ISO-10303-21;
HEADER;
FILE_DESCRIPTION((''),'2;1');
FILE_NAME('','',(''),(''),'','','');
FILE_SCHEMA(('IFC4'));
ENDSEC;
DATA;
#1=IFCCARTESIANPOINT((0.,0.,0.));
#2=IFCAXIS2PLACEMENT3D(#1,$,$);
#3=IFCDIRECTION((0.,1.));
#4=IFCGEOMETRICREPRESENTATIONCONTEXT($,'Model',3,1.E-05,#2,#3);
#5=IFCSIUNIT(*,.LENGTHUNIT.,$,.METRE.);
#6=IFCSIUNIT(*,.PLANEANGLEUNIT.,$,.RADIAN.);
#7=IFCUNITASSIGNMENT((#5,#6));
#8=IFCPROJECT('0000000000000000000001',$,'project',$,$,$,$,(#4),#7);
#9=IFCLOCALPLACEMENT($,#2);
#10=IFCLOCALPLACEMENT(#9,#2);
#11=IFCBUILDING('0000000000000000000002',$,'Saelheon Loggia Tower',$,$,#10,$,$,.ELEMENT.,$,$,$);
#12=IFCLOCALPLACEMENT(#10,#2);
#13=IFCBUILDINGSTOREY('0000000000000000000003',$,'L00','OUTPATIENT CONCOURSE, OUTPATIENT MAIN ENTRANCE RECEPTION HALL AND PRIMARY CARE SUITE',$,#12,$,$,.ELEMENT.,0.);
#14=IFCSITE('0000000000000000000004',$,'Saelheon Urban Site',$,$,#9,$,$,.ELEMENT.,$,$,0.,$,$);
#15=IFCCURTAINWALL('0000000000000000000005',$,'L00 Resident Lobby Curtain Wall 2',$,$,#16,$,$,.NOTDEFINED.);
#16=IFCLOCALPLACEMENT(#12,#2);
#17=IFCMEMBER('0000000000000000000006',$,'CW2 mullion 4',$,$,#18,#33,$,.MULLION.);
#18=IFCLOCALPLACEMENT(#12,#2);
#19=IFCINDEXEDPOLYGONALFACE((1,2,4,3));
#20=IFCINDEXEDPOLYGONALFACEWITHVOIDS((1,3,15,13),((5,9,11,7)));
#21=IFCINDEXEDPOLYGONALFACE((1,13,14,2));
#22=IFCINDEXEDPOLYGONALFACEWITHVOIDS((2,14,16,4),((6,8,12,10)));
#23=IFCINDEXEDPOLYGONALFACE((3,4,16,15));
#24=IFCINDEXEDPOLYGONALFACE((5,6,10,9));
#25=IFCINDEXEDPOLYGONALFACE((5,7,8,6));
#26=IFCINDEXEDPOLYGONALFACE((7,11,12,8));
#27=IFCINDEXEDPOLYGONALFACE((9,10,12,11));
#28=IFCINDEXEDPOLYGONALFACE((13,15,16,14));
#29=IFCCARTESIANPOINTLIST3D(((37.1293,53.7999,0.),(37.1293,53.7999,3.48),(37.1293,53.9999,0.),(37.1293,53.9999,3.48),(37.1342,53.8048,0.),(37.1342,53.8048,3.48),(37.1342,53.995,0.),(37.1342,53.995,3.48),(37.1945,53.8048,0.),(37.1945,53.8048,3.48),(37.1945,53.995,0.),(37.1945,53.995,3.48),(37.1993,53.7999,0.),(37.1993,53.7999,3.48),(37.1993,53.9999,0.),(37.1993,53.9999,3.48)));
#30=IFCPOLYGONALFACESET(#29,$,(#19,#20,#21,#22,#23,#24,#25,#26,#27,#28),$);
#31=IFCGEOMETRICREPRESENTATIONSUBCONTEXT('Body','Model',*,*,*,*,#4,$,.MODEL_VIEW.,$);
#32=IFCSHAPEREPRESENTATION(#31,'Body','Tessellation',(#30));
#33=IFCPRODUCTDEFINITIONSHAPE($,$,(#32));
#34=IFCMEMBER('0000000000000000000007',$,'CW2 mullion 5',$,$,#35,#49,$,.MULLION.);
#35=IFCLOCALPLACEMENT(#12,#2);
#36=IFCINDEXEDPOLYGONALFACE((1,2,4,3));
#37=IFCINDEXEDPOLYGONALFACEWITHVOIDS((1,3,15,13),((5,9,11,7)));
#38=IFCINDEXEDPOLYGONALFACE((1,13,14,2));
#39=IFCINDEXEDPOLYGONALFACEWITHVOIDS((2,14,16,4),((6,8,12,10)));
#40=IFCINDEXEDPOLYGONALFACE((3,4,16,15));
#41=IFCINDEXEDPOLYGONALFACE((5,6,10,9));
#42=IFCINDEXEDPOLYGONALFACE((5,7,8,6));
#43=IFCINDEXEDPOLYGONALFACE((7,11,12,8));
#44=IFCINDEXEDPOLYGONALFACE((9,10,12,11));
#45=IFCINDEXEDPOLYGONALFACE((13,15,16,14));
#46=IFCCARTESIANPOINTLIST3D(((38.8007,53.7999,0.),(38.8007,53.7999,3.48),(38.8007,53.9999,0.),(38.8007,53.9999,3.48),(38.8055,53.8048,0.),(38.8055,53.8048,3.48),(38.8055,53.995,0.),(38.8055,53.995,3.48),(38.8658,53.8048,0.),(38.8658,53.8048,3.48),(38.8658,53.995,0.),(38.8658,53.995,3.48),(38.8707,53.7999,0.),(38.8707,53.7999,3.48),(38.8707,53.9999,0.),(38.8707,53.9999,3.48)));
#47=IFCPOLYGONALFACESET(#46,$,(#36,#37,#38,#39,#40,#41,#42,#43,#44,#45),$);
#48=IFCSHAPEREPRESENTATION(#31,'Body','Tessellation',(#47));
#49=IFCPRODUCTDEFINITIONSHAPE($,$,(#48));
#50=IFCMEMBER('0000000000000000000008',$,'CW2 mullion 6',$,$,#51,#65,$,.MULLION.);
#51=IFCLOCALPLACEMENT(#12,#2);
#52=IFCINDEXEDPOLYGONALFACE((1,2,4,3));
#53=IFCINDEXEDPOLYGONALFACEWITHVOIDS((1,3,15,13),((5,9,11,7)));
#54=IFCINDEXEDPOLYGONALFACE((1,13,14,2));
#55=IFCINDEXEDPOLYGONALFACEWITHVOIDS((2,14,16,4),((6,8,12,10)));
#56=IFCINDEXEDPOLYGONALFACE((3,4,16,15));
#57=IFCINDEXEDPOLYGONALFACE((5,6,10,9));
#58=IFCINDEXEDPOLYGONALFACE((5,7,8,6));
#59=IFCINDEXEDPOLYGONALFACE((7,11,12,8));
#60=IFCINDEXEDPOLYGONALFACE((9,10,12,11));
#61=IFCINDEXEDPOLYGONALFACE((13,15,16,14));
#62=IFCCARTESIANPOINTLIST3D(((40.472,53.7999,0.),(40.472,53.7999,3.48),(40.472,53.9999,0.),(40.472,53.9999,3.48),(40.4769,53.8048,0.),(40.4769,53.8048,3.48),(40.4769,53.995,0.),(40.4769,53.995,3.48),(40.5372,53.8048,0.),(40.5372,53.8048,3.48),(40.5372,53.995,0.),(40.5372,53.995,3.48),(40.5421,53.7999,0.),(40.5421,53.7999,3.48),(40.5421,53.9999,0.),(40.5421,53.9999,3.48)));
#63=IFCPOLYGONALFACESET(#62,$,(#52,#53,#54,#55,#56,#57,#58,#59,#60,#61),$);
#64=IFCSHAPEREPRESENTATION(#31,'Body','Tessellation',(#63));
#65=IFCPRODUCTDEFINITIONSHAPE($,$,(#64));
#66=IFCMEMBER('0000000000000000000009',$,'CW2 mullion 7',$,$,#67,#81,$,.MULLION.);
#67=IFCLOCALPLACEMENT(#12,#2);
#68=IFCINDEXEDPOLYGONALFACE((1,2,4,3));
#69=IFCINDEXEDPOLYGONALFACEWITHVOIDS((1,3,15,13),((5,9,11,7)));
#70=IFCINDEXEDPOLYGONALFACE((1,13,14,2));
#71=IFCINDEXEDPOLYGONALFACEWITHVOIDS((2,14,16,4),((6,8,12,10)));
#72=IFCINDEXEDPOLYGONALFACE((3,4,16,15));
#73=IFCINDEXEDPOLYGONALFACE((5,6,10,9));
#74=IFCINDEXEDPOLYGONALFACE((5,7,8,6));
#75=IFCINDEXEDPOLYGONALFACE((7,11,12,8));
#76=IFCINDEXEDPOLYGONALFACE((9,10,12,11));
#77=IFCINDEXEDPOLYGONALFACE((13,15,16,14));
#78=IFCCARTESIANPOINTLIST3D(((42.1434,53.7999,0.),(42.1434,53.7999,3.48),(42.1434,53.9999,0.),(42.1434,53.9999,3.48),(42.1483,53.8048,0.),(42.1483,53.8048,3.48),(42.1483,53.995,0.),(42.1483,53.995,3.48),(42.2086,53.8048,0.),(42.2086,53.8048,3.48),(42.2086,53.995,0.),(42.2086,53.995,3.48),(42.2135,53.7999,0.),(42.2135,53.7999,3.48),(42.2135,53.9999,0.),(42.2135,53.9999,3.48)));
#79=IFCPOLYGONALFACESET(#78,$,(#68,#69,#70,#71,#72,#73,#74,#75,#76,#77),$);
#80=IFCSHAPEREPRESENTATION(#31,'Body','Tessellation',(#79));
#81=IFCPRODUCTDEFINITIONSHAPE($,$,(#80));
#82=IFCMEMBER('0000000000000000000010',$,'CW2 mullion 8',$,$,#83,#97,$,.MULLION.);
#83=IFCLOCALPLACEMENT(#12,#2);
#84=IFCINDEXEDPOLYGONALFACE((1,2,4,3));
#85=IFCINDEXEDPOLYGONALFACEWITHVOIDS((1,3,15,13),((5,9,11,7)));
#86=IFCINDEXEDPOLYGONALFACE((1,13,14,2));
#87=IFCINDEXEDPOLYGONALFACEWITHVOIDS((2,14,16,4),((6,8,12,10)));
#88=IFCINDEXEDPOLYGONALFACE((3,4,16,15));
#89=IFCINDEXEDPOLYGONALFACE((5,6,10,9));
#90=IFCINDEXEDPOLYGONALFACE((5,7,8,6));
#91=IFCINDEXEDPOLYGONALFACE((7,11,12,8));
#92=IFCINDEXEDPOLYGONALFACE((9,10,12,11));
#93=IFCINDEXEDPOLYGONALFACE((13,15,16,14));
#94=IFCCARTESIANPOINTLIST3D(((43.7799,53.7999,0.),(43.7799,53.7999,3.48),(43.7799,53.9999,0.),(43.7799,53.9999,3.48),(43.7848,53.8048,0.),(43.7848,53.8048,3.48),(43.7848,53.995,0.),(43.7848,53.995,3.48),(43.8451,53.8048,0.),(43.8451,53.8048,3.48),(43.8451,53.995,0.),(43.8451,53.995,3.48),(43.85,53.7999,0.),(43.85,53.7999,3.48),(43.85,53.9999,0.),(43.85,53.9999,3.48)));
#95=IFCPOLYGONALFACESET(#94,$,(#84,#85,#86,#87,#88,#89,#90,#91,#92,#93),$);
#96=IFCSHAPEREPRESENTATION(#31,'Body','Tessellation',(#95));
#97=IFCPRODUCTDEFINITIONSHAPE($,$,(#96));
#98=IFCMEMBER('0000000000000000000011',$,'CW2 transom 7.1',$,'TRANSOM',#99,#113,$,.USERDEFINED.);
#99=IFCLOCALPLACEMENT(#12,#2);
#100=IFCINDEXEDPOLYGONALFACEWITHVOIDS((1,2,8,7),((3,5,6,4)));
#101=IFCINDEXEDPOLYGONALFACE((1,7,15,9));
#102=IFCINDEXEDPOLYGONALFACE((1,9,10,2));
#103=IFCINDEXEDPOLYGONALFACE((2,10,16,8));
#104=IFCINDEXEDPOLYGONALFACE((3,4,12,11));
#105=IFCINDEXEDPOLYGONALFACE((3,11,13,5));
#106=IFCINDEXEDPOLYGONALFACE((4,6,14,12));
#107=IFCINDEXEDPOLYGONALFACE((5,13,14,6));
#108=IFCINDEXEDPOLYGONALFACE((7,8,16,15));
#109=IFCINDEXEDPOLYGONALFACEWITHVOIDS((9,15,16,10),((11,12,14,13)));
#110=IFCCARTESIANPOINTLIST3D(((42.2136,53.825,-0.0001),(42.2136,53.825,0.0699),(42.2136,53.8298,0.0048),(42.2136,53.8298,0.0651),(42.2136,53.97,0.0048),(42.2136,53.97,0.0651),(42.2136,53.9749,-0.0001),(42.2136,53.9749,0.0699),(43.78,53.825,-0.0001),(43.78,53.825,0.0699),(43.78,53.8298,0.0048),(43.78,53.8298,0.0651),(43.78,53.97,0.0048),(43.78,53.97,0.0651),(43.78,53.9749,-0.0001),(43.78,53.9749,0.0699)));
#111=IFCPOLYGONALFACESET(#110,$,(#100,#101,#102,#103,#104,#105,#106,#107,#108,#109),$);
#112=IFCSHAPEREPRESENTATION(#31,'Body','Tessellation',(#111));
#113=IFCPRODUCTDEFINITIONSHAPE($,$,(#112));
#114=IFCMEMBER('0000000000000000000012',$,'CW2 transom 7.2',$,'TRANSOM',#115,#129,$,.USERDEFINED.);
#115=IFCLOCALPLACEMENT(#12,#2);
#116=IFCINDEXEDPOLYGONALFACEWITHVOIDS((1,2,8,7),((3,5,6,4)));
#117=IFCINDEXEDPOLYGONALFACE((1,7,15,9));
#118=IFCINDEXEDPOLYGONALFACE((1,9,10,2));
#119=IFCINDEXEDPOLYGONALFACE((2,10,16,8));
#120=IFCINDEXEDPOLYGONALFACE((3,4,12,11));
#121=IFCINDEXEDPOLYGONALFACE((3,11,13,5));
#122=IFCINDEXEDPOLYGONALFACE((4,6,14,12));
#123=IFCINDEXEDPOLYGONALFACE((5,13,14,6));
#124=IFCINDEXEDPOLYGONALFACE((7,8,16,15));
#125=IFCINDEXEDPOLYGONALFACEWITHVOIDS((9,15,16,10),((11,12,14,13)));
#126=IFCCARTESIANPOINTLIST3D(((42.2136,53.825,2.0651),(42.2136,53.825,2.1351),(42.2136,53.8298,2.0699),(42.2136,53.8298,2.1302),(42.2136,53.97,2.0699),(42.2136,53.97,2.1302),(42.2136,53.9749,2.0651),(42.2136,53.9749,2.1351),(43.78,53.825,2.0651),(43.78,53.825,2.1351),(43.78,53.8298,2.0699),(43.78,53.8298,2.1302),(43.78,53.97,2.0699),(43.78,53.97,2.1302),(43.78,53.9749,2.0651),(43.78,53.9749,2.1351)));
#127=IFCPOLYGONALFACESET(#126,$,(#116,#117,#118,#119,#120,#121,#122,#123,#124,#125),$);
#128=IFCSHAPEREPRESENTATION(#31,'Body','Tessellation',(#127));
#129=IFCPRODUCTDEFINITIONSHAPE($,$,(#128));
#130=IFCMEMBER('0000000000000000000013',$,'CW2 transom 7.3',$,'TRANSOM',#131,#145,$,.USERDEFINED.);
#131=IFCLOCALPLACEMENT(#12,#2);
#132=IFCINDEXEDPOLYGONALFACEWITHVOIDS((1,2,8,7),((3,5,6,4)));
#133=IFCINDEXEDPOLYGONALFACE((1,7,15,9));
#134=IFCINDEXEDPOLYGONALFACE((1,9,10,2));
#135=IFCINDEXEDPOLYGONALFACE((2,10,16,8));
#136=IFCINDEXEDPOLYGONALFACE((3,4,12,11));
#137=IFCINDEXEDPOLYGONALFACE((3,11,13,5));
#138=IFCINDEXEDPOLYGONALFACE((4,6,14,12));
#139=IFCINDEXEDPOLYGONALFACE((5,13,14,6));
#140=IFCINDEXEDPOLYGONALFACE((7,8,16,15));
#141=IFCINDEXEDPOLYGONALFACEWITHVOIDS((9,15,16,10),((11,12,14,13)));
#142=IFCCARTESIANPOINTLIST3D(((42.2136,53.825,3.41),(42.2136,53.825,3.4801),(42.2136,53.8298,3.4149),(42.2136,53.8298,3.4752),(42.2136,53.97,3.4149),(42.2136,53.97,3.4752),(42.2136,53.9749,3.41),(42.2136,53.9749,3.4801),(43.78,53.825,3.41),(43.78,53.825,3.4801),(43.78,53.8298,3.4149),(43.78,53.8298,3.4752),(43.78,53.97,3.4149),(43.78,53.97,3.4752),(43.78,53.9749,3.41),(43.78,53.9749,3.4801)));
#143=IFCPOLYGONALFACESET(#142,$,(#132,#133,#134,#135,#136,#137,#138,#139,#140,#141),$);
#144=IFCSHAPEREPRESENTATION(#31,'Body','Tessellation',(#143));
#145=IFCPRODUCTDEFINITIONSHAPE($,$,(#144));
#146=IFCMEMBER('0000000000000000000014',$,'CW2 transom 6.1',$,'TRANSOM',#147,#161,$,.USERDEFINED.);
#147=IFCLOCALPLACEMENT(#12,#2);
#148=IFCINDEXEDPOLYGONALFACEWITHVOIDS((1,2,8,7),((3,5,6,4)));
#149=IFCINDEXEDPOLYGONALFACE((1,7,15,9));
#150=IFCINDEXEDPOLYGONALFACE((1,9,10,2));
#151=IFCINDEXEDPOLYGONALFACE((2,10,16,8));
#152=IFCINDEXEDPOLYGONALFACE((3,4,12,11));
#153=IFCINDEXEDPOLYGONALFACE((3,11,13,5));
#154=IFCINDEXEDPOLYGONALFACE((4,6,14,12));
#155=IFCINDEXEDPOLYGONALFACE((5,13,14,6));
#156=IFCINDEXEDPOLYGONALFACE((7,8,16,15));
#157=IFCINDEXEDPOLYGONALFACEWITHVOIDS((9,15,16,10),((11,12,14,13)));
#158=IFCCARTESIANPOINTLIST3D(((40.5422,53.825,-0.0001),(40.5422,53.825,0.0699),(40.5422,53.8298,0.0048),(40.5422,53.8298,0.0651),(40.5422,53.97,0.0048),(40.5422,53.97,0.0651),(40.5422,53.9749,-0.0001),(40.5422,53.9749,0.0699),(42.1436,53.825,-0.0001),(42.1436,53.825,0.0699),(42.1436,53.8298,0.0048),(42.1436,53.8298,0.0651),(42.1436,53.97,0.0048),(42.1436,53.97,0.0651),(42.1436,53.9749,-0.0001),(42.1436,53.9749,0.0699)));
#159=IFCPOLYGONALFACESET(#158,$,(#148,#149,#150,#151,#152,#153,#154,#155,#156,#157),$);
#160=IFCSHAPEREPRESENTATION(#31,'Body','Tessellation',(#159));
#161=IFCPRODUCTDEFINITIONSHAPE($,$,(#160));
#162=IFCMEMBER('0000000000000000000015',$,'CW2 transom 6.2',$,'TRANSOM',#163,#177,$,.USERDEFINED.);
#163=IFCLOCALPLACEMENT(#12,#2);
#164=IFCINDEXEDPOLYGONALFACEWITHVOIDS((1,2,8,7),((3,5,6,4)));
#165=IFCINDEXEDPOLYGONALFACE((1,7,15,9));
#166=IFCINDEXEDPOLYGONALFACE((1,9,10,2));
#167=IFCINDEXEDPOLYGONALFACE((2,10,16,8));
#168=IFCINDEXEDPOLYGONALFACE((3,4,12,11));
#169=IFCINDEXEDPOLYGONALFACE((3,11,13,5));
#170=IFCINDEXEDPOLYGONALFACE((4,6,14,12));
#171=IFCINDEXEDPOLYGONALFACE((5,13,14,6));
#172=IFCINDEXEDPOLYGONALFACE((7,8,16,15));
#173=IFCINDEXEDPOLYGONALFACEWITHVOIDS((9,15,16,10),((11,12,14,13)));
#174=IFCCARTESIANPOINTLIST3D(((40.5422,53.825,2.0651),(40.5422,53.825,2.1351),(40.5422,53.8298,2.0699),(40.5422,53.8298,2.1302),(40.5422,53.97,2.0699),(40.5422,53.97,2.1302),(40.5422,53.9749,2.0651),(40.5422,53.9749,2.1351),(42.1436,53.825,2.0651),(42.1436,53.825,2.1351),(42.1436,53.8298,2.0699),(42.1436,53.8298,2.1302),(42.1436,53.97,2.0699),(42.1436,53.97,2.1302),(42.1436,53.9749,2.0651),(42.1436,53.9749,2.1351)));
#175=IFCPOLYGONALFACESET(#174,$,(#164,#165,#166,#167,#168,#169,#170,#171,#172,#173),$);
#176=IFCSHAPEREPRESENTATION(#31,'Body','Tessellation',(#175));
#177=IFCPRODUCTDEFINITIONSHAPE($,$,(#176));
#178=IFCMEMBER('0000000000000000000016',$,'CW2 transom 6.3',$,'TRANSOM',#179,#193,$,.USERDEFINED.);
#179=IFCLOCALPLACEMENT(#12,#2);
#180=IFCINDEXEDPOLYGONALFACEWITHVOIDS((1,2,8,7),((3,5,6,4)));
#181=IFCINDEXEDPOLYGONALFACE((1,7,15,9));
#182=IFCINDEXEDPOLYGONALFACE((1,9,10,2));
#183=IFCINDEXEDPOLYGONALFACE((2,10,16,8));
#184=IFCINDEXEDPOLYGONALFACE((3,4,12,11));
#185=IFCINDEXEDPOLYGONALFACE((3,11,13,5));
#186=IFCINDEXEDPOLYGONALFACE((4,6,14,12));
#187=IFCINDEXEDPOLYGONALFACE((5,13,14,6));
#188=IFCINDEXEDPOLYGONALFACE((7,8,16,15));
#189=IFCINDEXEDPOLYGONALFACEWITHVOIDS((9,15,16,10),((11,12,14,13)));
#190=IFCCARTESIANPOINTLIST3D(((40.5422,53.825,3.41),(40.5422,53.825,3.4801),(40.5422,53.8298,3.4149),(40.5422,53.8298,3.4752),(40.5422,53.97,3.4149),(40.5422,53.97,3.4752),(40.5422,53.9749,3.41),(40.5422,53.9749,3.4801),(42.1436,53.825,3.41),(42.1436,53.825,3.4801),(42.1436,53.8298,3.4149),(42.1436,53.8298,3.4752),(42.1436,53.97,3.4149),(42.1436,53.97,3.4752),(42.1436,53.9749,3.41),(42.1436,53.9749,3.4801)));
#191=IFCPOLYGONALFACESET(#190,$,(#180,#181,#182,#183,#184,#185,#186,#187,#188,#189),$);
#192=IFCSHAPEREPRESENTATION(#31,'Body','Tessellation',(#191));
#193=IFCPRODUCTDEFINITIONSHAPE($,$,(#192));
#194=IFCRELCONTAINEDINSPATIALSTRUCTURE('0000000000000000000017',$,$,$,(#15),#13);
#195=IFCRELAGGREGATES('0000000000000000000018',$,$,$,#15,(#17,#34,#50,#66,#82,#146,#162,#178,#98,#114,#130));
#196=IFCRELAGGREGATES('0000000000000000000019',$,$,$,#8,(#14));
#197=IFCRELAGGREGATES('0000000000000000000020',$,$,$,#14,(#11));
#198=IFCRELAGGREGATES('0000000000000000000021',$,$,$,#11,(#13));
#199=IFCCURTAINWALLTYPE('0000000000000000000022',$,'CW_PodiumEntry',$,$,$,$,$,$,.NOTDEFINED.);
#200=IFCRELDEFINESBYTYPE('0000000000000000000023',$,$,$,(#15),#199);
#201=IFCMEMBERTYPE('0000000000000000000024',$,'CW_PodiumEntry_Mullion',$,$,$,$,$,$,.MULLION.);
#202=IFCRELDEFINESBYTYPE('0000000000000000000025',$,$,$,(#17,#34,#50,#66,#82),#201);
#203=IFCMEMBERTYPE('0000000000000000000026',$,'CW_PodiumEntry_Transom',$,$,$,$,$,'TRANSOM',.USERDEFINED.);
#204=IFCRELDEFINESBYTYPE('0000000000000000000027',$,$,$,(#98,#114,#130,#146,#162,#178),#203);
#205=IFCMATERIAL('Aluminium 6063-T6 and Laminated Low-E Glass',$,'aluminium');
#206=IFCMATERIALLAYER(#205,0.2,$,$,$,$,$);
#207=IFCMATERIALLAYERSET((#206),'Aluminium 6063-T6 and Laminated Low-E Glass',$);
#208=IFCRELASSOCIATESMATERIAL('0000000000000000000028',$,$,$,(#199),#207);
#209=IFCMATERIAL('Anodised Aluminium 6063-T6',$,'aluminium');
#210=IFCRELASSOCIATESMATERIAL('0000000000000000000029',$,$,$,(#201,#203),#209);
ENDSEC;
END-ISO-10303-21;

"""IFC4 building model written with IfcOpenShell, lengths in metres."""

from ifc_helpers import new_model, si_unit, direction, frame, origin, origin_2d, place, context, subcontext, project, spatial, hollow_rectangle, extrude, source, transform, mapped, material, layer, layer_set, material_profile, profile_set, type_object, element, aggregate, save


model = new_model("IFC4")

# Units and contexts
model_context = context("Model", 3, precision=1e-05, world=origin(), true_north=direction((0.0, 1.0)))
body_context = subcontext(model_context, "Body", "Model", "MODEL_VIEW")
ifc_project = project(units=[si_unit("LENGTHUNIT", "METRE"), si_unit("PLANEANGLEUNIT", "RADIAN")], contexts=[model_context])

# Site, building, storey
site_placement = place(None, origin())
site = spatial("IfcSite", under=ifc_project, at=site_placement, Name="Saelheon Urban Site", CompositionType="ELEMENT", RefElevation=0.0)
building_placement = place(site_placement, origin())
building = spatial("IfcBuilding", under=site, at=building_placement, Name="Saelheon Loggia Tower", CompositionType="ELEMENT")
storey_placement = place(building_placement, origin())
storey = spatial("IfcBuildingStorey", under=building, at=storey_placement, Name="L00", Description="OUTPATIENT CONCOURSE, OUTPATIENT MAIN ENTRANCE RECEPTION HALL AND PRIMARY CARE SUITE", CompositionType="ELEMENT", Elevation=0.0)

# Curtain wall, members
ifc_material_1 = material(Name="Aluminium 6063-T6 and Laminated Low-E Glass", Category="aluminium")
ifc_layer_1 = layer(ifc_material_1, 0.2)
ifc_layer_set_1 = layer_set([ifc_layer_1], Name="Aluminium 6063-T6 and Laminated Low-E Glass")
curtain_wall_type = type_object("IfcCurtainWallType", Name="CW_PodiumEntry", PredefinedType="NOTDEFINED", material=ifc_layer_set_1)
curtain_wall_placement = place(storey_placement, origin())
curtain_wall = element("IfcCurtainWall", 1, at=curtain_wall_placement, inside=storey, type_object=curtain_wall_type, Name="L00 Resident Lobby Curtain Wall 2", PredefinedType="NOTDEFINED")
ifc_material_2 = material(Name="Anodised Aluminium 6063-T6", Category="aluminium")
ifc_material_profile_1 = material_profile(ifc_material_2, hollow_rectangle(XDim=0.0701, YDim=0.2, WallThickness=0.0049, at=origin_2d()), Name="RHS-200x70x5")
ifc_profile_set_1 = profile_set([ifc_material_profile_1], Name="Anodised Aluminium 6063-T6")
member_type_1 = type_object("IfcMemberType", Name="CW_PodiumEntry_Mullion", PredefinedType="MULLION", material=ifc_profile_set_1)
shared_shape_1 = source(origin(), body_context, "Body", "SweptSolid", [
    extrude(hollow_rectangle(XDim=0.0701, YDim=0.2, WallThickness=0.0049, at=origin_2d()), origin(), (0.0, 0.0, 1.0), 3.48),
])
member_1_placement = place(storey_placement, frame((37.1643, 53.8999, 0.0), z_axis=(0.0, 0.0, 1.0), x_axis=(1.0, 0.0, 0.0)))
member_1 = element("IfcMember", 2, at=member_1_placement, type_object=member_type_1, Name="CW2 mullion 4", PredefinedType="MULLION", context=body_context, shape_type="MappedRepresentation", body=[
    mapped(shared_shape_1, transform((0.0, 0.0, 0.0), scale=1.0)),
])
member_2_placement = place(storey_placement, frame((38.8357, 53.8999, 0.0), z_axis=(0.0, 0.0, 1.0), x_axis=(1.0, 0.0, 0.0)))
member_2 = element("IfcMember", 3, at=member_2_placement, type_object=member_type_1, Name="CW2 mullion 5", PredefinedType="MULLION", context=body_context, shape_type="MappedRepresentation", body=[
    mapped(shared_shape_1, transform((0.0, 0.0, 0.0), scale=1.0)),
])
member_3_placement = place(storey_placement, frame((40.5071, 53.8999, 0.0), z_axis=(0.0, 0.0, 1.0), x_axis=(1.0, 0.0, 0.0)))
member_3 = element("IfcMember", 4, at=member_3_placement, type_object=member_type_1, Name="CW2 mullion 6", PredefinedType="MULLION", context=body_context, shape_type="MappedRepresentation", body=[
    mapped(shared_shape_1, transform((0.0, 0.0, 0.0), scale=1.0)),
])
member_4_placement = place(storey_placement, frame((42.1785, 53.8999, 0.0), z_axis=(0.0, 0.0, 1.0), x_axis=(1.0, 0.0, 0.0)))
member_4 = element("IfcMember", 5, at=member_4_placement, type_object=member_type_1, Name="CW2 mullion 7", PredefinedType="MULLION", context=body_context, shape_type="MappedRepresentation", body=[
    mapped(shared_shape_1, transform((0.0, 0.0, 0.0), scale=1.0)),
])
member_5_placement = place(storey_placement, frame((43.8149, 53.8999, 0.0), z_axis=(0.0, 0.0, 1.0), x_axis=(1.0, 0.0, 0.0)))
member_5 = element("IfcMember", 6, at=member_5_placement, type_object=member_type_1, Name="CW2 mullion 8", PredefinedType="MULLION", context=body_context, shape_type="MappedRepresentation", body=[
    mapped(shared_shape_1, transform((0.0, 0.0, 0.0), scale=1.0)),
])
ifc_material_profile_2 = material_profile(ifc_material_2, hollow_rectangle(XDim=0.0701, YDim=0.1499, WallThickness=0.0049, at=origin_2d()), Name="RHS-150x70x5")
ifc_profile_set_2 = profile_set([ifc_material_profile_2], Name="Anodised Aluminium 6063-T6")
member_type_2 = type_object("IfcMemberType", Name="CW_PodiumEntry_Transom", ElementType="TRANSOM", PredefinedType="USERDEFINED", material=ifc_profile_set_2)
shared_shape_2 = source(origin(), body_context, "Body", "SweptSolid", [
    extrude(hollow_rectangle(XDim=0.0701, YDim=0.1499, WallThickness=0.0049, at=origin_2d()), origin(), (0.0, 0.0, 1.0), 1.5664),
])
member_6_placement = place(storey_placement, frame((42.2136, 53.8999, 0.0349), z_axis=(1.0, 0.0, 0.0), x_axis=(0.0, 0.0, 1.0)))
member_6 = element("IfcMember", 7, at=member_6_placement, type_object=member_type_2, Name="CW2 transom 7.1", ObjectType="TRANSOM", PredefinedType="USERDEFINED", context=body_context, shape_type="MappedRepresentation", body=[
    mapped(shared_shape_2, transform((0.0, 0.0, 0.0), scale=1.0)),
])
member_7_placement = place(storey_placement, frame((42.2136, 53.8999, 2.1001), z_axis=(1.0, 0.0, 0.0), x_axis=(0.0, 0.0, 1.0)))
member_7 = element("IfcMember", 8, at=member_7_placement, type_object=member_type_2, Name="CW2 transom 7.2", ObjectType="TRANSOM", PredefinedType="USERDEFINED", context=body_context, shape_type="MappedRepresentation", body=[
    mapped(shared_shape_2, transform((0.0, 0.0, 0.0), scale=1.0)),
])
member_8_placement = place(storey_placement, frame((42.2136, 53.8999, 3.4451), z_axis=(1.0, 0.0, 0.0), x_axis=(0.0, 0.0, 1.0)))
member_8 = element("IfcMember", 9, at=member_8_placement, type_object=member_type_2, Name="CW2 transom 7.3", ObjectType="TRANSOM", PredefinedType="USERDEFINED", context=body_context, shape_type="MappedRepresentation", body=[
    mapped(shared_shape_2, transform((0.0, 0.0, 0.0), scale=1.0)),
])
shared_shape_3 = source(origin(), body_context, "Body", "SweptSolid", [
    extrude(hollow_rectangle(XDim=0.0701, YDim=0.1499, WallThickness=0.0049, at=origin_2d()), origin(), (0.0, 0.0, 1.0), 1.6013),
])
member_9_placement = place(storey_placement, frame((40.5422, 53.8999, 0.0349), z_axis=(1.0, 0.0, 0.0), x_axis=(0.0, 0.0, 1.0)))
member_9 = element("IfcMember", 10, at=member_9_placement, type_object=member_type_2, Name="CW2 transom 6.1", ObjectType="TRANSOM", PredefinedType="USERDEFINED", context=body_context, shape_type="MappedRepresentation", body=[
    mapped(shared_shape_3, transform((0.0, 0.0, 0.0), scale=1.0)),
])
member_10_placement = place(storey_placement, frame((40.5422, 53.8999, 2.1001), z_axis=(1.0, 0.0, 0.0), x_axis=(0.0, 0.0, 1.0)))
member_10 = element("IfcMember", 11, at=member_10_placement, type_object=member_type_2, Name="CW2 transom 6.2", ObjectType="TRANSOM", PredefinedType="USERDEFINED", context=body_context, shape_type="MappedRepresentation", body=[
    mapped(shared_shape_3, transform((0.0, 0.0, 0.0), scale=1.0)),
])
member_11_placement = place(storey_placement, frame((40.5422, 53.8999, 3.4451), z_axis=(1.0, 0.0, 0.0), x_axis=(0.0, 0.0, 1.0)))
member_11 = element("IfcMember", 12, at=member_11_placement, type_object=member_type_2, Name="CW2 transom 6.3", ObjectType="TRANSOM", PredefinedType="USERDEFINED", context=body_context, shape_type="MappedRepresentation", body=[
    mapped(shared_shape_3, transform((0.0, 0.0, 0.0), scale=1.0)),
])
aggregate(curtain_wall, [member_1, member_2, member_3, member_4, member_5, member_9, member_10, member_11, member_6, member_7, member_8])

save(model, "model.ifc")
